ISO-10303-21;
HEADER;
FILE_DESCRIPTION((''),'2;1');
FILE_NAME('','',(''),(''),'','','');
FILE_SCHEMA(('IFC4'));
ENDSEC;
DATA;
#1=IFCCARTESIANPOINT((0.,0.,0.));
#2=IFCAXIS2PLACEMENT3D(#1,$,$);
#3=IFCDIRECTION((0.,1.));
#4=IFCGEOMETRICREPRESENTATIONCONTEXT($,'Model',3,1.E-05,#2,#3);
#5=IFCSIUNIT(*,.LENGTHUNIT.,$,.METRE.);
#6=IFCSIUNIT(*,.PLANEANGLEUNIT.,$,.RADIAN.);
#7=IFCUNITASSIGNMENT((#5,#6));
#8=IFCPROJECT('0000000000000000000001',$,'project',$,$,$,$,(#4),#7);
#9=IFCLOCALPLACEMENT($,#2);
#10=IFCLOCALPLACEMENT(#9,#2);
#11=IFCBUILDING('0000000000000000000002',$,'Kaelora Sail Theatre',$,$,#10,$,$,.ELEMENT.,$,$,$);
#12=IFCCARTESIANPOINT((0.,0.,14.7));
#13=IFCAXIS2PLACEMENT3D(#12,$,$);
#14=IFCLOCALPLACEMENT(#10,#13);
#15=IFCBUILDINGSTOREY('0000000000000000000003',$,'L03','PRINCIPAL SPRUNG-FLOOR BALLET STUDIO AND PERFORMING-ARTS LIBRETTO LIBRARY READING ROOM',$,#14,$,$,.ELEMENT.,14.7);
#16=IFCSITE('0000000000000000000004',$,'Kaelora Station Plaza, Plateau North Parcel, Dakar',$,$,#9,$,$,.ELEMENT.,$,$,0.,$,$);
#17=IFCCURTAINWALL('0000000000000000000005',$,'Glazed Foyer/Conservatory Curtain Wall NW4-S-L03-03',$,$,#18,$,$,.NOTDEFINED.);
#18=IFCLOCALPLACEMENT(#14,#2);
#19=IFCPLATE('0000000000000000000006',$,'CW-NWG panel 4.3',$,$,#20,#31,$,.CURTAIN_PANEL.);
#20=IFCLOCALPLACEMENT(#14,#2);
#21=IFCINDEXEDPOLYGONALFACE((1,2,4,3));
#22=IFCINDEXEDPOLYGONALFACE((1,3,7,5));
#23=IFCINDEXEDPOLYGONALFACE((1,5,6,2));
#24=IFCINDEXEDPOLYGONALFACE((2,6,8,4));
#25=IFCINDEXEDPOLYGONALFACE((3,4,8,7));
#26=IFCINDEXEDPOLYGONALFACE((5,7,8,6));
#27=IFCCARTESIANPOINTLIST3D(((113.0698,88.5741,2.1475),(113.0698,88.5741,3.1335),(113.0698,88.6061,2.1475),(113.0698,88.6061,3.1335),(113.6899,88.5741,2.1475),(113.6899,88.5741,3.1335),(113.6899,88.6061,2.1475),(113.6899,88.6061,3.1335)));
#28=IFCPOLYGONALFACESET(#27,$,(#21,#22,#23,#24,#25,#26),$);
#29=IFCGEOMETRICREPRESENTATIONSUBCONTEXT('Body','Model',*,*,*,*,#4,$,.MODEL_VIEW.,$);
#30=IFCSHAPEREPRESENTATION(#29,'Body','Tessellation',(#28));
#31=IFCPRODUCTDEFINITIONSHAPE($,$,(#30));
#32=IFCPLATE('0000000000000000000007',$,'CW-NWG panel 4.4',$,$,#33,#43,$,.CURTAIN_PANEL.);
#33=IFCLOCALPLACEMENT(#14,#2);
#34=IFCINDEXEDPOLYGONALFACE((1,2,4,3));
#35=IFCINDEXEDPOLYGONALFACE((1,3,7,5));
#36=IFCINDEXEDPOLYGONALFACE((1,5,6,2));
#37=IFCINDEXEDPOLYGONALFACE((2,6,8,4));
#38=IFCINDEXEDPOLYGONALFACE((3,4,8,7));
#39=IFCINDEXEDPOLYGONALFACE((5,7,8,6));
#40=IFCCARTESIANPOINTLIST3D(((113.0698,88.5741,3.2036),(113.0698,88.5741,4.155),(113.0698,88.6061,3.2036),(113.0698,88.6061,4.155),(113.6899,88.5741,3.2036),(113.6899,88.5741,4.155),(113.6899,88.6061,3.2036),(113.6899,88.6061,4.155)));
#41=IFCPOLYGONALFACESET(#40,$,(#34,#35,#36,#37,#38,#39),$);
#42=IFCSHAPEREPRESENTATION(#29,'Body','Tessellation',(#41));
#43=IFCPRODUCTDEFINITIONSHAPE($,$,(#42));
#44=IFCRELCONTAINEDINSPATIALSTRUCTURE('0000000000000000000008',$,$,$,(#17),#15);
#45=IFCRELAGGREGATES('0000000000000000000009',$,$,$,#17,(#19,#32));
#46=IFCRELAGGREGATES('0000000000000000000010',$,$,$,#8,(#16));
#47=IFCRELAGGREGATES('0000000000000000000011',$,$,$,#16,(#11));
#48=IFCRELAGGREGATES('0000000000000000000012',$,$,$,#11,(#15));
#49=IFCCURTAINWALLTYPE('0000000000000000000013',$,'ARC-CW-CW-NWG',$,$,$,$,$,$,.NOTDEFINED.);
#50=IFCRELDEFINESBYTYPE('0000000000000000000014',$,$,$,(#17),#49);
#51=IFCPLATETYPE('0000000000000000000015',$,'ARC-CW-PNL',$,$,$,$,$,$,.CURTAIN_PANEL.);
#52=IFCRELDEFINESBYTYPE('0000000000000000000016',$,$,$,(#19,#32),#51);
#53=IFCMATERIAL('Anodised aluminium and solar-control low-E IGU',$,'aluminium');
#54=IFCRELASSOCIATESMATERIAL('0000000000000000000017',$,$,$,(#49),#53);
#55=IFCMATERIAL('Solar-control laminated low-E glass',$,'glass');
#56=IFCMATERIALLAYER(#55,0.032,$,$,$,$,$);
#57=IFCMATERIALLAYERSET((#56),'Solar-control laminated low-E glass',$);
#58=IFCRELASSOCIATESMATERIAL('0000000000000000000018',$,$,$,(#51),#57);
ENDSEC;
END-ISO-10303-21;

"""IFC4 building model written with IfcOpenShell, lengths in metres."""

from ifc_helpers import new_model, si_unit, direction, frame, origin, origin_2d, place, context, subcontext, project, spatial, rectangle, extrude, material, layer, layer_set, type_object, element, aggregate, save


model = new_model("IFC4")

# Units and contexts
model_context = context("Model", 3, precision=1e-05, world=origin(), true_north=direction((0.0, 1.0)))
body_context = subcontext(model_context, "Body", "Model", "MODEL_VIEW")
ifc_project = project(units=[si_unit("LENGTHUNIT", "METRE"), si_unit("PLANEANGLEUNIT", "RADIAN")], contexts=[model_context])

# Site, building, storey
site_placement = place(None, origin())
site = spatial("IfcSite", under=ifc_project, at=site_placement, Name="Kaelora Station Plaza, Plateau North Parcel, Dakar", CompositionType="ELEMENT", RefElevation=0.0)
building_placement = place(site_placement, origin())
building = spatial("IfcBuilding", under=site, at=building_placement, Name="Kaelora Sail Theatre", CompositionType="ELEMENT")
storey_placement = place(building_placement, frame((0.0, 0.0, 14.7)))
storey = spatial("IfcBuildingStorey", under=building, at=storey_placement, Name="L03", Description="PRINCIPAL SPRUNG-FLOOR BALLET STUDIO AND PERFORMING-ARTS LIBRETTO LIBRARY READING ROOM", CompositionType="ELEMENT", Elevation=14.7)

# Curtain wall
ifc_material_1 = material(Name="Anodised aluminium and solar-control low-E IGU", Category="aluminium")
curtain_wall_type = type_object("IfcCurtainWallType", Name="ARC-CW-CW-NWG", PredefinedType="NOTDEFINED", material=ifc_material_1)
curtain_wall_1_placement = place(storey_placement, origin())
curtain_wall_1 = element("IfcCurtainWall", 1, at=curtain_wall_1_placement, inside=storey, type_object=curtain_wall_type, Name="Glazed Foyer/Conservatory Curtain Wall NW4-S-L03-03", PredefinedType="NOTDEFINED")

# Plates
ifc_material_2 = material(Name="Solar-control laminated low-E glass", Category="glass")
ifc_layer = layer(ifc_material_2, 0.032)
ifc_layer_set = layer_set([ifc_layer], Name="Solar-control laminated low-E glass")
plate_type = type_object("IfcPlateType", Name="ARC-CW-PNL", PredefinedType="CURTAIN_PANEL", material=ifc_layer_set)
plate_1_placement = place(storey_placement, frame((113.3799, 88.5901, 2.1475), z_axis=(0.0, 0.0, 1.0), x_axis=(1.0, 0.0, 0.0)))
plate_1 = element("IfcPlate", 2, at=plate_1_placement, type_object=plate_type, Name="CW-NWG panel 4.3", PredefinedType="CURTAIN_PANEL", context=body_context, shape_type="SweptSolid", body=[
    extrude(rectangle(XDim=0.6201, YDim=0.032, at=origin_2d()), origin(), (0.0, 0.0, 1.0), 0.9861),
])
plate_2_placement = place(storey_placement, frame((113.3799, 88.5901, 3.2036), z_axis=(0.0, 0.0, 1.0), x_axis=(1.0, 0.0, 0.0)))
plate_2 = element("IfcPlate", 3, at=plate_2_placement, type_object=plate_type, Name="CW-NWG panel 4.4", PredefinedType="CURTAIN_PANEL", context=body_context, shape_type="SweptSolid", body=[
    extrude(rectangle(XDim=0.6201, YDim=0.032, at=origin_2d()), origin(), (0.0, 0.0, 1.0), 0.9514),
])
aggregate(curtain_wall_1, [plate_1, plate_2])

save(model, "model.ifc")
